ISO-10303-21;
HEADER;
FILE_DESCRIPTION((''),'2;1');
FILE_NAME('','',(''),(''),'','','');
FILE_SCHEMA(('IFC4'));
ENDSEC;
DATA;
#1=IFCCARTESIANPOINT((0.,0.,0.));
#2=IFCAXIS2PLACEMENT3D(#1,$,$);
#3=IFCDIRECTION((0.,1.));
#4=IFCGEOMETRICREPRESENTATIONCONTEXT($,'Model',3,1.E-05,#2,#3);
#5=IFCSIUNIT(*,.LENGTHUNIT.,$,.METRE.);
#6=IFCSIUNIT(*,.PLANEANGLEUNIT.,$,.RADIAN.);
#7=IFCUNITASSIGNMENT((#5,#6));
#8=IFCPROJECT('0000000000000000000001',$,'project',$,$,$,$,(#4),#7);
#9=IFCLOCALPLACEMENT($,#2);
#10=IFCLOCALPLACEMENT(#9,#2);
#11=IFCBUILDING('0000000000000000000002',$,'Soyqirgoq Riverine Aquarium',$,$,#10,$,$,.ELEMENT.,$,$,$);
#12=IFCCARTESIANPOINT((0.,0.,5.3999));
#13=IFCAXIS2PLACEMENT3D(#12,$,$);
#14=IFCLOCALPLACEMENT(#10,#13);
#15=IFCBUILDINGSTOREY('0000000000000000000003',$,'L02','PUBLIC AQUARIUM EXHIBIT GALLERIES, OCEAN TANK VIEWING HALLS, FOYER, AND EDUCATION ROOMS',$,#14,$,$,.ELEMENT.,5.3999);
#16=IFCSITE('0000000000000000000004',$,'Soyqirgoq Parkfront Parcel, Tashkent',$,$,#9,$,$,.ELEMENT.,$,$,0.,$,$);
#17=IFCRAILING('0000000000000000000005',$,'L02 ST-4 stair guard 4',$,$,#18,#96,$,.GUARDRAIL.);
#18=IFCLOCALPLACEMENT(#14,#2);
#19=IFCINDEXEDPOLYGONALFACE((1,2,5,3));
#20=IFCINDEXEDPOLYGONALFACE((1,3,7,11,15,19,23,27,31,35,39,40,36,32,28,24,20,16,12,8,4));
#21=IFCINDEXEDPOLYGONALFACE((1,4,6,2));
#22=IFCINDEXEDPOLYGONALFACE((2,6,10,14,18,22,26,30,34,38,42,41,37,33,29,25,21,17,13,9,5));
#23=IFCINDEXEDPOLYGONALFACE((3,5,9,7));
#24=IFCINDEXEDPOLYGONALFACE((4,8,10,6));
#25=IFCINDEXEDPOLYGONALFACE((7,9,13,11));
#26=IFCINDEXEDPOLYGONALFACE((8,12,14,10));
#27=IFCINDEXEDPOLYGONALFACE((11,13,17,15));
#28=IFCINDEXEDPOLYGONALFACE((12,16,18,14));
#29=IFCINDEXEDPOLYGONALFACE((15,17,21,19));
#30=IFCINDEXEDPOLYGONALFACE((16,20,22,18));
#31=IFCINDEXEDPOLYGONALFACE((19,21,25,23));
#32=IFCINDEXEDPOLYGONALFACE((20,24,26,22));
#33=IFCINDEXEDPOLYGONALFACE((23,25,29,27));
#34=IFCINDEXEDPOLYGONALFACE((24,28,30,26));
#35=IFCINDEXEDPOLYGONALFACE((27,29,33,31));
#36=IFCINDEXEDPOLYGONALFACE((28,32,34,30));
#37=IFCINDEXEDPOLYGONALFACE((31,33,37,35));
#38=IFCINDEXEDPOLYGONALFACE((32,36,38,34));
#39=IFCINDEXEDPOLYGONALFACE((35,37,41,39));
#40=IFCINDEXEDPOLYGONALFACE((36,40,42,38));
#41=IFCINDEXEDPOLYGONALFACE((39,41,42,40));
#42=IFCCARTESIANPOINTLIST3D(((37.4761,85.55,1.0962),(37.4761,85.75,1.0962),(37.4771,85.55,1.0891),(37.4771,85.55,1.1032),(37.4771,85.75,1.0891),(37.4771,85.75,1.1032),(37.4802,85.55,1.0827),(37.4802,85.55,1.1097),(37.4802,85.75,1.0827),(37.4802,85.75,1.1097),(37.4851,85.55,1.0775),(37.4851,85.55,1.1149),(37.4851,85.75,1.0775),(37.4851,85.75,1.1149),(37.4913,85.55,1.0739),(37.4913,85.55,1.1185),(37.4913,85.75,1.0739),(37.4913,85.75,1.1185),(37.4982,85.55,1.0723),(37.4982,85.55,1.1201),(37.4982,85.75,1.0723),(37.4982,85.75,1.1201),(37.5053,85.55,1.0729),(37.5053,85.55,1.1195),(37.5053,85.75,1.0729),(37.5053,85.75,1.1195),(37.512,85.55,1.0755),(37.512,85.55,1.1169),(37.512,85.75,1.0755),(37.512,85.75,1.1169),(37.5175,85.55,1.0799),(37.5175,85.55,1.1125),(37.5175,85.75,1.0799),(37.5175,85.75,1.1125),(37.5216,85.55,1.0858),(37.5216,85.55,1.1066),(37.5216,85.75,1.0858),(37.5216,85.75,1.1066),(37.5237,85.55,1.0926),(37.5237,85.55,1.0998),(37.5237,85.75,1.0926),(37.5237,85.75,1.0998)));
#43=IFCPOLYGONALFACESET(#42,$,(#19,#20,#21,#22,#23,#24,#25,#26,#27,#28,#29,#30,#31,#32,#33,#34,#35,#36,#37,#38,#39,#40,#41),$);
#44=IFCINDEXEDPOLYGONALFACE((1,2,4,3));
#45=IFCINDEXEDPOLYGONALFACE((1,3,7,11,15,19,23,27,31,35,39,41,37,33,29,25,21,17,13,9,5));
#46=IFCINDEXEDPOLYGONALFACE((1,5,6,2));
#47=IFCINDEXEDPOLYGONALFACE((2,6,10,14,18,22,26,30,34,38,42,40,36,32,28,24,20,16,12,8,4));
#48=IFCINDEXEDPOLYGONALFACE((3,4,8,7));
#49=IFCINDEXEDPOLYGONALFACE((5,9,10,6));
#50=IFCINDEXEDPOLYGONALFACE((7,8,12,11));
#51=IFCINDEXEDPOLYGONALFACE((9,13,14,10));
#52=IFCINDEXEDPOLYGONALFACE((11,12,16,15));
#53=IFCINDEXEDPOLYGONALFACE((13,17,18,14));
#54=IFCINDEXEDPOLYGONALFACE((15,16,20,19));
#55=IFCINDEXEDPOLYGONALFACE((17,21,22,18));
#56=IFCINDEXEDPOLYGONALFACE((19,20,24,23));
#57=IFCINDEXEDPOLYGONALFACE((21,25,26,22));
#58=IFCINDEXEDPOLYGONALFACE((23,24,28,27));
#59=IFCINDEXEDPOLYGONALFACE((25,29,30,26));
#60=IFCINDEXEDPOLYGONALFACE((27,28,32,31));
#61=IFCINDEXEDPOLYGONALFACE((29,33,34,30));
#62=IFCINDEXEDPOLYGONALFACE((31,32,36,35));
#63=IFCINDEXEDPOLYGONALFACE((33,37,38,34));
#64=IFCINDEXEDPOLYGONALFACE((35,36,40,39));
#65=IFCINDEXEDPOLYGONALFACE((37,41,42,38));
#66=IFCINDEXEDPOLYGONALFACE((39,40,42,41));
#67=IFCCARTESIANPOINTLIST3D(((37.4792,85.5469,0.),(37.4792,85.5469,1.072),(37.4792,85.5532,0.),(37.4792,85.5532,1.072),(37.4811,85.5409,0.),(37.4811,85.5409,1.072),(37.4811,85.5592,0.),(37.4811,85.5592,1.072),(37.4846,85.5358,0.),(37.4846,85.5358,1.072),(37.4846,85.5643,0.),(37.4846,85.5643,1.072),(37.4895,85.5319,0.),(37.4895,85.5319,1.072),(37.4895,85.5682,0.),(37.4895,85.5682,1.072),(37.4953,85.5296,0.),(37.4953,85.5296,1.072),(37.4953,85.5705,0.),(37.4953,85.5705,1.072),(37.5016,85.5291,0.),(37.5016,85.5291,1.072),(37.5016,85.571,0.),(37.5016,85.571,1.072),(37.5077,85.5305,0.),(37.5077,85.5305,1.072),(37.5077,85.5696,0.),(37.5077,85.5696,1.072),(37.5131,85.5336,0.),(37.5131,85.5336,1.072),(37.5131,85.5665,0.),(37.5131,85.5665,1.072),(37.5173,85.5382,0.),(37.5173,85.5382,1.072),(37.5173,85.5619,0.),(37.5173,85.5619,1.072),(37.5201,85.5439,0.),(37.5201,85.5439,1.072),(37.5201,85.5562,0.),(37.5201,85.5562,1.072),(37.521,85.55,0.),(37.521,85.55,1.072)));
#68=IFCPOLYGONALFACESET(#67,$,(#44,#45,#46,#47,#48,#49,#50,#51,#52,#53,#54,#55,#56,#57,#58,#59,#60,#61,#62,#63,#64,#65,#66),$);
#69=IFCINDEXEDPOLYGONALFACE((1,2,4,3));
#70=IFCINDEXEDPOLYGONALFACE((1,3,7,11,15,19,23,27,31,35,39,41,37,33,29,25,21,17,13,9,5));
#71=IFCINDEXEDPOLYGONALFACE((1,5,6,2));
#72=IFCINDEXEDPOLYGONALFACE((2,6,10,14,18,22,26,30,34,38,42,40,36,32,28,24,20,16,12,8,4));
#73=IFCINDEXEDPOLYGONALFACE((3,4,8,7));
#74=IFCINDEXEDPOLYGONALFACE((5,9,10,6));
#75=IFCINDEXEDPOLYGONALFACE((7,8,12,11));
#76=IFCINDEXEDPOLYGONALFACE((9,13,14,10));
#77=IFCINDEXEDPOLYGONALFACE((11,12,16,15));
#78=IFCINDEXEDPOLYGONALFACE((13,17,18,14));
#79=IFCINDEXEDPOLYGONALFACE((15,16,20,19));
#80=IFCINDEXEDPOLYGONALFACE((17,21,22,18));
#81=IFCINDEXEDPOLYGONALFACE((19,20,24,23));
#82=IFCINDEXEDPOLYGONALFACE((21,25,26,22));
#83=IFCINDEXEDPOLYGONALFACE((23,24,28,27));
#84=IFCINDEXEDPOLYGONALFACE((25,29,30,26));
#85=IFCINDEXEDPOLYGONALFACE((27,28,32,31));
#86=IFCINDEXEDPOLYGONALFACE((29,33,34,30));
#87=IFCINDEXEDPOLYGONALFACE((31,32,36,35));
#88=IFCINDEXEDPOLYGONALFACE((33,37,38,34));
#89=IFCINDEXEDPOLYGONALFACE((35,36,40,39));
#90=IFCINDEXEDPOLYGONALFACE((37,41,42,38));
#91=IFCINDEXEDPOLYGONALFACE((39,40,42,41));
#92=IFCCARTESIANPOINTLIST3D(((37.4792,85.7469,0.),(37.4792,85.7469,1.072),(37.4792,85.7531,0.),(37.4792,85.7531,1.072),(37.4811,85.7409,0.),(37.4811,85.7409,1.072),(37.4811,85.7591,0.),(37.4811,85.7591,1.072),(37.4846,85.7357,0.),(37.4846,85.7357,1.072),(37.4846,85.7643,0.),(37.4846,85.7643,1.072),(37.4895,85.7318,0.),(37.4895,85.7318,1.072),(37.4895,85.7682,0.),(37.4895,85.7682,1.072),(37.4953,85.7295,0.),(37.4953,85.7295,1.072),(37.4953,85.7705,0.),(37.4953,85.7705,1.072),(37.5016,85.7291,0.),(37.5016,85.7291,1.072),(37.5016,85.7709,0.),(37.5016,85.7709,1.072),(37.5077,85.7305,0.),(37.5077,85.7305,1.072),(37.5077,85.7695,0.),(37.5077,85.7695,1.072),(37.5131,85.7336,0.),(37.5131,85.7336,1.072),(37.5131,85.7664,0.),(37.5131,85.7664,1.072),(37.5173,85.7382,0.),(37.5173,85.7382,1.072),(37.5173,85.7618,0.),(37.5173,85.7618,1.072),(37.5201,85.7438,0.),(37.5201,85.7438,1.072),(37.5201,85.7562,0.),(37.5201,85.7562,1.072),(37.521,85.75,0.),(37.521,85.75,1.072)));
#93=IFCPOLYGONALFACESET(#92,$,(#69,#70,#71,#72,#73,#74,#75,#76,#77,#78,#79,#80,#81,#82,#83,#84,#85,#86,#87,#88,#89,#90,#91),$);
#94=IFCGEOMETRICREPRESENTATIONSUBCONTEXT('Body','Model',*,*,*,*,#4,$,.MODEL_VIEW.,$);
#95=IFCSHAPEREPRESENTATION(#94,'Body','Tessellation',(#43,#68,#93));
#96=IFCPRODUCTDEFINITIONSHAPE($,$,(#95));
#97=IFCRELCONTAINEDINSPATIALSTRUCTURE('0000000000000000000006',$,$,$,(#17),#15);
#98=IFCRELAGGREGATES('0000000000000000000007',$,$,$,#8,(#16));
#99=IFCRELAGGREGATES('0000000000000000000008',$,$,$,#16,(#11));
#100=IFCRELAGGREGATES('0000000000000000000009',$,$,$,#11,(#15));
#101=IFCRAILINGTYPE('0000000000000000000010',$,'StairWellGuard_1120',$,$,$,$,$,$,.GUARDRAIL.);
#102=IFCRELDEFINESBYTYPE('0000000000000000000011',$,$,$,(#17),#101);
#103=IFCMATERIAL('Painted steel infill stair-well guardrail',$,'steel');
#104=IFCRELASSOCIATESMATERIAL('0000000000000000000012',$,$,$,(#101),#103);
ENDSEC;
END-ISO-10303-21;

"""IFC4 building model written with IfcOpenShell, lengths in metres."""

from ifc_helpers import new_model, si_unit, direction, frame, origin, origin_2d, place, context, subcontext, project, spatial, circle, extrude, material, type_object, element, save


model = new_model("IFC4")

# Units and contexts
model_context = context("Model", 3, precision=1e-05, world=origin(), true_north=direction((0.0, 1.0)))
body_context = subcontext(model_context, "Body", "Model", "MODEL_VIEW")
ifc_project = project(units=[si_unit("LENGTHUNIT", "METRE"), si_unit("PLANEANGLEUNIT", "RADIAN")], contexts=[model_context])

# Site, building, storey
site_placement = place(None, origin())
site = spatial("IfcSite", under=ifc_project, at=site_placement, Name="Soyqirgoq Parkfront Parcel, Tashkent", CompositionType="ELEMENT", RefElevation=0.0)
building_placement = place(site_placement, origin())
building = spatial("IfcBuilding", under=site, at=building_placement, Name="Soyqirgoq Riverine Aquarium", CompositionType="ELEMENT")
storey_placement = place(building_placement, frame((0.0, 0.0, 5.3999)))
storey = spatial("IfcBuildingStorey", under=building, at=storey_placement, Name="L02", Description="PUBLIC AQUARIUM EXHIBIT GALLERIES, OCEAN TANK VIEWING HALLS, FOYER, AND EDUCATION ROOMS", CompositionType="ELEMENT", Elevation=5.3999)

# Railing
ifc_material_1 = material(Name="Painted steel infill stair-well guardrail", Category="steel")
railing_type_1 = type_object("IfcRailingType", Name="StairWellGuard_1120", PredefinedType="GUARDRAIL", material=ifc_material_1)
railing_1_placement = place(storey_placement, frame((37.5, 85.55, 0.0)))
element("IfcRailing", 1, at=railing_1_placement, inside=storey, type_object=railing_type_1, Name="L02 ST-4 stair guard 4", PredefinedType="GUARDRAIL", context=body_context, shape_type="SweptSolid", body=[
    extrude(circle(Radius=0.0239, at=origin_2d()), frame((0.0, 0.0, 1.0962), z_axis=(0.0, 1.0, 0.0), x_axis=(-1.0, 0.0, 0.0)), (0.0, 0.0, 1.0), 0.2),
    extrude(circle(Radius=0.021, at=origin_2d()), origin(), (0.0, 0.0, 1.0), 1.072),
    extrude(circle(Radius=0.021, at=origin_2d()), frame((0.0, 0.2, 0.0)), (0.0, 0.0, 1.0), 1.072),
])

save(model, "model.ifc")
